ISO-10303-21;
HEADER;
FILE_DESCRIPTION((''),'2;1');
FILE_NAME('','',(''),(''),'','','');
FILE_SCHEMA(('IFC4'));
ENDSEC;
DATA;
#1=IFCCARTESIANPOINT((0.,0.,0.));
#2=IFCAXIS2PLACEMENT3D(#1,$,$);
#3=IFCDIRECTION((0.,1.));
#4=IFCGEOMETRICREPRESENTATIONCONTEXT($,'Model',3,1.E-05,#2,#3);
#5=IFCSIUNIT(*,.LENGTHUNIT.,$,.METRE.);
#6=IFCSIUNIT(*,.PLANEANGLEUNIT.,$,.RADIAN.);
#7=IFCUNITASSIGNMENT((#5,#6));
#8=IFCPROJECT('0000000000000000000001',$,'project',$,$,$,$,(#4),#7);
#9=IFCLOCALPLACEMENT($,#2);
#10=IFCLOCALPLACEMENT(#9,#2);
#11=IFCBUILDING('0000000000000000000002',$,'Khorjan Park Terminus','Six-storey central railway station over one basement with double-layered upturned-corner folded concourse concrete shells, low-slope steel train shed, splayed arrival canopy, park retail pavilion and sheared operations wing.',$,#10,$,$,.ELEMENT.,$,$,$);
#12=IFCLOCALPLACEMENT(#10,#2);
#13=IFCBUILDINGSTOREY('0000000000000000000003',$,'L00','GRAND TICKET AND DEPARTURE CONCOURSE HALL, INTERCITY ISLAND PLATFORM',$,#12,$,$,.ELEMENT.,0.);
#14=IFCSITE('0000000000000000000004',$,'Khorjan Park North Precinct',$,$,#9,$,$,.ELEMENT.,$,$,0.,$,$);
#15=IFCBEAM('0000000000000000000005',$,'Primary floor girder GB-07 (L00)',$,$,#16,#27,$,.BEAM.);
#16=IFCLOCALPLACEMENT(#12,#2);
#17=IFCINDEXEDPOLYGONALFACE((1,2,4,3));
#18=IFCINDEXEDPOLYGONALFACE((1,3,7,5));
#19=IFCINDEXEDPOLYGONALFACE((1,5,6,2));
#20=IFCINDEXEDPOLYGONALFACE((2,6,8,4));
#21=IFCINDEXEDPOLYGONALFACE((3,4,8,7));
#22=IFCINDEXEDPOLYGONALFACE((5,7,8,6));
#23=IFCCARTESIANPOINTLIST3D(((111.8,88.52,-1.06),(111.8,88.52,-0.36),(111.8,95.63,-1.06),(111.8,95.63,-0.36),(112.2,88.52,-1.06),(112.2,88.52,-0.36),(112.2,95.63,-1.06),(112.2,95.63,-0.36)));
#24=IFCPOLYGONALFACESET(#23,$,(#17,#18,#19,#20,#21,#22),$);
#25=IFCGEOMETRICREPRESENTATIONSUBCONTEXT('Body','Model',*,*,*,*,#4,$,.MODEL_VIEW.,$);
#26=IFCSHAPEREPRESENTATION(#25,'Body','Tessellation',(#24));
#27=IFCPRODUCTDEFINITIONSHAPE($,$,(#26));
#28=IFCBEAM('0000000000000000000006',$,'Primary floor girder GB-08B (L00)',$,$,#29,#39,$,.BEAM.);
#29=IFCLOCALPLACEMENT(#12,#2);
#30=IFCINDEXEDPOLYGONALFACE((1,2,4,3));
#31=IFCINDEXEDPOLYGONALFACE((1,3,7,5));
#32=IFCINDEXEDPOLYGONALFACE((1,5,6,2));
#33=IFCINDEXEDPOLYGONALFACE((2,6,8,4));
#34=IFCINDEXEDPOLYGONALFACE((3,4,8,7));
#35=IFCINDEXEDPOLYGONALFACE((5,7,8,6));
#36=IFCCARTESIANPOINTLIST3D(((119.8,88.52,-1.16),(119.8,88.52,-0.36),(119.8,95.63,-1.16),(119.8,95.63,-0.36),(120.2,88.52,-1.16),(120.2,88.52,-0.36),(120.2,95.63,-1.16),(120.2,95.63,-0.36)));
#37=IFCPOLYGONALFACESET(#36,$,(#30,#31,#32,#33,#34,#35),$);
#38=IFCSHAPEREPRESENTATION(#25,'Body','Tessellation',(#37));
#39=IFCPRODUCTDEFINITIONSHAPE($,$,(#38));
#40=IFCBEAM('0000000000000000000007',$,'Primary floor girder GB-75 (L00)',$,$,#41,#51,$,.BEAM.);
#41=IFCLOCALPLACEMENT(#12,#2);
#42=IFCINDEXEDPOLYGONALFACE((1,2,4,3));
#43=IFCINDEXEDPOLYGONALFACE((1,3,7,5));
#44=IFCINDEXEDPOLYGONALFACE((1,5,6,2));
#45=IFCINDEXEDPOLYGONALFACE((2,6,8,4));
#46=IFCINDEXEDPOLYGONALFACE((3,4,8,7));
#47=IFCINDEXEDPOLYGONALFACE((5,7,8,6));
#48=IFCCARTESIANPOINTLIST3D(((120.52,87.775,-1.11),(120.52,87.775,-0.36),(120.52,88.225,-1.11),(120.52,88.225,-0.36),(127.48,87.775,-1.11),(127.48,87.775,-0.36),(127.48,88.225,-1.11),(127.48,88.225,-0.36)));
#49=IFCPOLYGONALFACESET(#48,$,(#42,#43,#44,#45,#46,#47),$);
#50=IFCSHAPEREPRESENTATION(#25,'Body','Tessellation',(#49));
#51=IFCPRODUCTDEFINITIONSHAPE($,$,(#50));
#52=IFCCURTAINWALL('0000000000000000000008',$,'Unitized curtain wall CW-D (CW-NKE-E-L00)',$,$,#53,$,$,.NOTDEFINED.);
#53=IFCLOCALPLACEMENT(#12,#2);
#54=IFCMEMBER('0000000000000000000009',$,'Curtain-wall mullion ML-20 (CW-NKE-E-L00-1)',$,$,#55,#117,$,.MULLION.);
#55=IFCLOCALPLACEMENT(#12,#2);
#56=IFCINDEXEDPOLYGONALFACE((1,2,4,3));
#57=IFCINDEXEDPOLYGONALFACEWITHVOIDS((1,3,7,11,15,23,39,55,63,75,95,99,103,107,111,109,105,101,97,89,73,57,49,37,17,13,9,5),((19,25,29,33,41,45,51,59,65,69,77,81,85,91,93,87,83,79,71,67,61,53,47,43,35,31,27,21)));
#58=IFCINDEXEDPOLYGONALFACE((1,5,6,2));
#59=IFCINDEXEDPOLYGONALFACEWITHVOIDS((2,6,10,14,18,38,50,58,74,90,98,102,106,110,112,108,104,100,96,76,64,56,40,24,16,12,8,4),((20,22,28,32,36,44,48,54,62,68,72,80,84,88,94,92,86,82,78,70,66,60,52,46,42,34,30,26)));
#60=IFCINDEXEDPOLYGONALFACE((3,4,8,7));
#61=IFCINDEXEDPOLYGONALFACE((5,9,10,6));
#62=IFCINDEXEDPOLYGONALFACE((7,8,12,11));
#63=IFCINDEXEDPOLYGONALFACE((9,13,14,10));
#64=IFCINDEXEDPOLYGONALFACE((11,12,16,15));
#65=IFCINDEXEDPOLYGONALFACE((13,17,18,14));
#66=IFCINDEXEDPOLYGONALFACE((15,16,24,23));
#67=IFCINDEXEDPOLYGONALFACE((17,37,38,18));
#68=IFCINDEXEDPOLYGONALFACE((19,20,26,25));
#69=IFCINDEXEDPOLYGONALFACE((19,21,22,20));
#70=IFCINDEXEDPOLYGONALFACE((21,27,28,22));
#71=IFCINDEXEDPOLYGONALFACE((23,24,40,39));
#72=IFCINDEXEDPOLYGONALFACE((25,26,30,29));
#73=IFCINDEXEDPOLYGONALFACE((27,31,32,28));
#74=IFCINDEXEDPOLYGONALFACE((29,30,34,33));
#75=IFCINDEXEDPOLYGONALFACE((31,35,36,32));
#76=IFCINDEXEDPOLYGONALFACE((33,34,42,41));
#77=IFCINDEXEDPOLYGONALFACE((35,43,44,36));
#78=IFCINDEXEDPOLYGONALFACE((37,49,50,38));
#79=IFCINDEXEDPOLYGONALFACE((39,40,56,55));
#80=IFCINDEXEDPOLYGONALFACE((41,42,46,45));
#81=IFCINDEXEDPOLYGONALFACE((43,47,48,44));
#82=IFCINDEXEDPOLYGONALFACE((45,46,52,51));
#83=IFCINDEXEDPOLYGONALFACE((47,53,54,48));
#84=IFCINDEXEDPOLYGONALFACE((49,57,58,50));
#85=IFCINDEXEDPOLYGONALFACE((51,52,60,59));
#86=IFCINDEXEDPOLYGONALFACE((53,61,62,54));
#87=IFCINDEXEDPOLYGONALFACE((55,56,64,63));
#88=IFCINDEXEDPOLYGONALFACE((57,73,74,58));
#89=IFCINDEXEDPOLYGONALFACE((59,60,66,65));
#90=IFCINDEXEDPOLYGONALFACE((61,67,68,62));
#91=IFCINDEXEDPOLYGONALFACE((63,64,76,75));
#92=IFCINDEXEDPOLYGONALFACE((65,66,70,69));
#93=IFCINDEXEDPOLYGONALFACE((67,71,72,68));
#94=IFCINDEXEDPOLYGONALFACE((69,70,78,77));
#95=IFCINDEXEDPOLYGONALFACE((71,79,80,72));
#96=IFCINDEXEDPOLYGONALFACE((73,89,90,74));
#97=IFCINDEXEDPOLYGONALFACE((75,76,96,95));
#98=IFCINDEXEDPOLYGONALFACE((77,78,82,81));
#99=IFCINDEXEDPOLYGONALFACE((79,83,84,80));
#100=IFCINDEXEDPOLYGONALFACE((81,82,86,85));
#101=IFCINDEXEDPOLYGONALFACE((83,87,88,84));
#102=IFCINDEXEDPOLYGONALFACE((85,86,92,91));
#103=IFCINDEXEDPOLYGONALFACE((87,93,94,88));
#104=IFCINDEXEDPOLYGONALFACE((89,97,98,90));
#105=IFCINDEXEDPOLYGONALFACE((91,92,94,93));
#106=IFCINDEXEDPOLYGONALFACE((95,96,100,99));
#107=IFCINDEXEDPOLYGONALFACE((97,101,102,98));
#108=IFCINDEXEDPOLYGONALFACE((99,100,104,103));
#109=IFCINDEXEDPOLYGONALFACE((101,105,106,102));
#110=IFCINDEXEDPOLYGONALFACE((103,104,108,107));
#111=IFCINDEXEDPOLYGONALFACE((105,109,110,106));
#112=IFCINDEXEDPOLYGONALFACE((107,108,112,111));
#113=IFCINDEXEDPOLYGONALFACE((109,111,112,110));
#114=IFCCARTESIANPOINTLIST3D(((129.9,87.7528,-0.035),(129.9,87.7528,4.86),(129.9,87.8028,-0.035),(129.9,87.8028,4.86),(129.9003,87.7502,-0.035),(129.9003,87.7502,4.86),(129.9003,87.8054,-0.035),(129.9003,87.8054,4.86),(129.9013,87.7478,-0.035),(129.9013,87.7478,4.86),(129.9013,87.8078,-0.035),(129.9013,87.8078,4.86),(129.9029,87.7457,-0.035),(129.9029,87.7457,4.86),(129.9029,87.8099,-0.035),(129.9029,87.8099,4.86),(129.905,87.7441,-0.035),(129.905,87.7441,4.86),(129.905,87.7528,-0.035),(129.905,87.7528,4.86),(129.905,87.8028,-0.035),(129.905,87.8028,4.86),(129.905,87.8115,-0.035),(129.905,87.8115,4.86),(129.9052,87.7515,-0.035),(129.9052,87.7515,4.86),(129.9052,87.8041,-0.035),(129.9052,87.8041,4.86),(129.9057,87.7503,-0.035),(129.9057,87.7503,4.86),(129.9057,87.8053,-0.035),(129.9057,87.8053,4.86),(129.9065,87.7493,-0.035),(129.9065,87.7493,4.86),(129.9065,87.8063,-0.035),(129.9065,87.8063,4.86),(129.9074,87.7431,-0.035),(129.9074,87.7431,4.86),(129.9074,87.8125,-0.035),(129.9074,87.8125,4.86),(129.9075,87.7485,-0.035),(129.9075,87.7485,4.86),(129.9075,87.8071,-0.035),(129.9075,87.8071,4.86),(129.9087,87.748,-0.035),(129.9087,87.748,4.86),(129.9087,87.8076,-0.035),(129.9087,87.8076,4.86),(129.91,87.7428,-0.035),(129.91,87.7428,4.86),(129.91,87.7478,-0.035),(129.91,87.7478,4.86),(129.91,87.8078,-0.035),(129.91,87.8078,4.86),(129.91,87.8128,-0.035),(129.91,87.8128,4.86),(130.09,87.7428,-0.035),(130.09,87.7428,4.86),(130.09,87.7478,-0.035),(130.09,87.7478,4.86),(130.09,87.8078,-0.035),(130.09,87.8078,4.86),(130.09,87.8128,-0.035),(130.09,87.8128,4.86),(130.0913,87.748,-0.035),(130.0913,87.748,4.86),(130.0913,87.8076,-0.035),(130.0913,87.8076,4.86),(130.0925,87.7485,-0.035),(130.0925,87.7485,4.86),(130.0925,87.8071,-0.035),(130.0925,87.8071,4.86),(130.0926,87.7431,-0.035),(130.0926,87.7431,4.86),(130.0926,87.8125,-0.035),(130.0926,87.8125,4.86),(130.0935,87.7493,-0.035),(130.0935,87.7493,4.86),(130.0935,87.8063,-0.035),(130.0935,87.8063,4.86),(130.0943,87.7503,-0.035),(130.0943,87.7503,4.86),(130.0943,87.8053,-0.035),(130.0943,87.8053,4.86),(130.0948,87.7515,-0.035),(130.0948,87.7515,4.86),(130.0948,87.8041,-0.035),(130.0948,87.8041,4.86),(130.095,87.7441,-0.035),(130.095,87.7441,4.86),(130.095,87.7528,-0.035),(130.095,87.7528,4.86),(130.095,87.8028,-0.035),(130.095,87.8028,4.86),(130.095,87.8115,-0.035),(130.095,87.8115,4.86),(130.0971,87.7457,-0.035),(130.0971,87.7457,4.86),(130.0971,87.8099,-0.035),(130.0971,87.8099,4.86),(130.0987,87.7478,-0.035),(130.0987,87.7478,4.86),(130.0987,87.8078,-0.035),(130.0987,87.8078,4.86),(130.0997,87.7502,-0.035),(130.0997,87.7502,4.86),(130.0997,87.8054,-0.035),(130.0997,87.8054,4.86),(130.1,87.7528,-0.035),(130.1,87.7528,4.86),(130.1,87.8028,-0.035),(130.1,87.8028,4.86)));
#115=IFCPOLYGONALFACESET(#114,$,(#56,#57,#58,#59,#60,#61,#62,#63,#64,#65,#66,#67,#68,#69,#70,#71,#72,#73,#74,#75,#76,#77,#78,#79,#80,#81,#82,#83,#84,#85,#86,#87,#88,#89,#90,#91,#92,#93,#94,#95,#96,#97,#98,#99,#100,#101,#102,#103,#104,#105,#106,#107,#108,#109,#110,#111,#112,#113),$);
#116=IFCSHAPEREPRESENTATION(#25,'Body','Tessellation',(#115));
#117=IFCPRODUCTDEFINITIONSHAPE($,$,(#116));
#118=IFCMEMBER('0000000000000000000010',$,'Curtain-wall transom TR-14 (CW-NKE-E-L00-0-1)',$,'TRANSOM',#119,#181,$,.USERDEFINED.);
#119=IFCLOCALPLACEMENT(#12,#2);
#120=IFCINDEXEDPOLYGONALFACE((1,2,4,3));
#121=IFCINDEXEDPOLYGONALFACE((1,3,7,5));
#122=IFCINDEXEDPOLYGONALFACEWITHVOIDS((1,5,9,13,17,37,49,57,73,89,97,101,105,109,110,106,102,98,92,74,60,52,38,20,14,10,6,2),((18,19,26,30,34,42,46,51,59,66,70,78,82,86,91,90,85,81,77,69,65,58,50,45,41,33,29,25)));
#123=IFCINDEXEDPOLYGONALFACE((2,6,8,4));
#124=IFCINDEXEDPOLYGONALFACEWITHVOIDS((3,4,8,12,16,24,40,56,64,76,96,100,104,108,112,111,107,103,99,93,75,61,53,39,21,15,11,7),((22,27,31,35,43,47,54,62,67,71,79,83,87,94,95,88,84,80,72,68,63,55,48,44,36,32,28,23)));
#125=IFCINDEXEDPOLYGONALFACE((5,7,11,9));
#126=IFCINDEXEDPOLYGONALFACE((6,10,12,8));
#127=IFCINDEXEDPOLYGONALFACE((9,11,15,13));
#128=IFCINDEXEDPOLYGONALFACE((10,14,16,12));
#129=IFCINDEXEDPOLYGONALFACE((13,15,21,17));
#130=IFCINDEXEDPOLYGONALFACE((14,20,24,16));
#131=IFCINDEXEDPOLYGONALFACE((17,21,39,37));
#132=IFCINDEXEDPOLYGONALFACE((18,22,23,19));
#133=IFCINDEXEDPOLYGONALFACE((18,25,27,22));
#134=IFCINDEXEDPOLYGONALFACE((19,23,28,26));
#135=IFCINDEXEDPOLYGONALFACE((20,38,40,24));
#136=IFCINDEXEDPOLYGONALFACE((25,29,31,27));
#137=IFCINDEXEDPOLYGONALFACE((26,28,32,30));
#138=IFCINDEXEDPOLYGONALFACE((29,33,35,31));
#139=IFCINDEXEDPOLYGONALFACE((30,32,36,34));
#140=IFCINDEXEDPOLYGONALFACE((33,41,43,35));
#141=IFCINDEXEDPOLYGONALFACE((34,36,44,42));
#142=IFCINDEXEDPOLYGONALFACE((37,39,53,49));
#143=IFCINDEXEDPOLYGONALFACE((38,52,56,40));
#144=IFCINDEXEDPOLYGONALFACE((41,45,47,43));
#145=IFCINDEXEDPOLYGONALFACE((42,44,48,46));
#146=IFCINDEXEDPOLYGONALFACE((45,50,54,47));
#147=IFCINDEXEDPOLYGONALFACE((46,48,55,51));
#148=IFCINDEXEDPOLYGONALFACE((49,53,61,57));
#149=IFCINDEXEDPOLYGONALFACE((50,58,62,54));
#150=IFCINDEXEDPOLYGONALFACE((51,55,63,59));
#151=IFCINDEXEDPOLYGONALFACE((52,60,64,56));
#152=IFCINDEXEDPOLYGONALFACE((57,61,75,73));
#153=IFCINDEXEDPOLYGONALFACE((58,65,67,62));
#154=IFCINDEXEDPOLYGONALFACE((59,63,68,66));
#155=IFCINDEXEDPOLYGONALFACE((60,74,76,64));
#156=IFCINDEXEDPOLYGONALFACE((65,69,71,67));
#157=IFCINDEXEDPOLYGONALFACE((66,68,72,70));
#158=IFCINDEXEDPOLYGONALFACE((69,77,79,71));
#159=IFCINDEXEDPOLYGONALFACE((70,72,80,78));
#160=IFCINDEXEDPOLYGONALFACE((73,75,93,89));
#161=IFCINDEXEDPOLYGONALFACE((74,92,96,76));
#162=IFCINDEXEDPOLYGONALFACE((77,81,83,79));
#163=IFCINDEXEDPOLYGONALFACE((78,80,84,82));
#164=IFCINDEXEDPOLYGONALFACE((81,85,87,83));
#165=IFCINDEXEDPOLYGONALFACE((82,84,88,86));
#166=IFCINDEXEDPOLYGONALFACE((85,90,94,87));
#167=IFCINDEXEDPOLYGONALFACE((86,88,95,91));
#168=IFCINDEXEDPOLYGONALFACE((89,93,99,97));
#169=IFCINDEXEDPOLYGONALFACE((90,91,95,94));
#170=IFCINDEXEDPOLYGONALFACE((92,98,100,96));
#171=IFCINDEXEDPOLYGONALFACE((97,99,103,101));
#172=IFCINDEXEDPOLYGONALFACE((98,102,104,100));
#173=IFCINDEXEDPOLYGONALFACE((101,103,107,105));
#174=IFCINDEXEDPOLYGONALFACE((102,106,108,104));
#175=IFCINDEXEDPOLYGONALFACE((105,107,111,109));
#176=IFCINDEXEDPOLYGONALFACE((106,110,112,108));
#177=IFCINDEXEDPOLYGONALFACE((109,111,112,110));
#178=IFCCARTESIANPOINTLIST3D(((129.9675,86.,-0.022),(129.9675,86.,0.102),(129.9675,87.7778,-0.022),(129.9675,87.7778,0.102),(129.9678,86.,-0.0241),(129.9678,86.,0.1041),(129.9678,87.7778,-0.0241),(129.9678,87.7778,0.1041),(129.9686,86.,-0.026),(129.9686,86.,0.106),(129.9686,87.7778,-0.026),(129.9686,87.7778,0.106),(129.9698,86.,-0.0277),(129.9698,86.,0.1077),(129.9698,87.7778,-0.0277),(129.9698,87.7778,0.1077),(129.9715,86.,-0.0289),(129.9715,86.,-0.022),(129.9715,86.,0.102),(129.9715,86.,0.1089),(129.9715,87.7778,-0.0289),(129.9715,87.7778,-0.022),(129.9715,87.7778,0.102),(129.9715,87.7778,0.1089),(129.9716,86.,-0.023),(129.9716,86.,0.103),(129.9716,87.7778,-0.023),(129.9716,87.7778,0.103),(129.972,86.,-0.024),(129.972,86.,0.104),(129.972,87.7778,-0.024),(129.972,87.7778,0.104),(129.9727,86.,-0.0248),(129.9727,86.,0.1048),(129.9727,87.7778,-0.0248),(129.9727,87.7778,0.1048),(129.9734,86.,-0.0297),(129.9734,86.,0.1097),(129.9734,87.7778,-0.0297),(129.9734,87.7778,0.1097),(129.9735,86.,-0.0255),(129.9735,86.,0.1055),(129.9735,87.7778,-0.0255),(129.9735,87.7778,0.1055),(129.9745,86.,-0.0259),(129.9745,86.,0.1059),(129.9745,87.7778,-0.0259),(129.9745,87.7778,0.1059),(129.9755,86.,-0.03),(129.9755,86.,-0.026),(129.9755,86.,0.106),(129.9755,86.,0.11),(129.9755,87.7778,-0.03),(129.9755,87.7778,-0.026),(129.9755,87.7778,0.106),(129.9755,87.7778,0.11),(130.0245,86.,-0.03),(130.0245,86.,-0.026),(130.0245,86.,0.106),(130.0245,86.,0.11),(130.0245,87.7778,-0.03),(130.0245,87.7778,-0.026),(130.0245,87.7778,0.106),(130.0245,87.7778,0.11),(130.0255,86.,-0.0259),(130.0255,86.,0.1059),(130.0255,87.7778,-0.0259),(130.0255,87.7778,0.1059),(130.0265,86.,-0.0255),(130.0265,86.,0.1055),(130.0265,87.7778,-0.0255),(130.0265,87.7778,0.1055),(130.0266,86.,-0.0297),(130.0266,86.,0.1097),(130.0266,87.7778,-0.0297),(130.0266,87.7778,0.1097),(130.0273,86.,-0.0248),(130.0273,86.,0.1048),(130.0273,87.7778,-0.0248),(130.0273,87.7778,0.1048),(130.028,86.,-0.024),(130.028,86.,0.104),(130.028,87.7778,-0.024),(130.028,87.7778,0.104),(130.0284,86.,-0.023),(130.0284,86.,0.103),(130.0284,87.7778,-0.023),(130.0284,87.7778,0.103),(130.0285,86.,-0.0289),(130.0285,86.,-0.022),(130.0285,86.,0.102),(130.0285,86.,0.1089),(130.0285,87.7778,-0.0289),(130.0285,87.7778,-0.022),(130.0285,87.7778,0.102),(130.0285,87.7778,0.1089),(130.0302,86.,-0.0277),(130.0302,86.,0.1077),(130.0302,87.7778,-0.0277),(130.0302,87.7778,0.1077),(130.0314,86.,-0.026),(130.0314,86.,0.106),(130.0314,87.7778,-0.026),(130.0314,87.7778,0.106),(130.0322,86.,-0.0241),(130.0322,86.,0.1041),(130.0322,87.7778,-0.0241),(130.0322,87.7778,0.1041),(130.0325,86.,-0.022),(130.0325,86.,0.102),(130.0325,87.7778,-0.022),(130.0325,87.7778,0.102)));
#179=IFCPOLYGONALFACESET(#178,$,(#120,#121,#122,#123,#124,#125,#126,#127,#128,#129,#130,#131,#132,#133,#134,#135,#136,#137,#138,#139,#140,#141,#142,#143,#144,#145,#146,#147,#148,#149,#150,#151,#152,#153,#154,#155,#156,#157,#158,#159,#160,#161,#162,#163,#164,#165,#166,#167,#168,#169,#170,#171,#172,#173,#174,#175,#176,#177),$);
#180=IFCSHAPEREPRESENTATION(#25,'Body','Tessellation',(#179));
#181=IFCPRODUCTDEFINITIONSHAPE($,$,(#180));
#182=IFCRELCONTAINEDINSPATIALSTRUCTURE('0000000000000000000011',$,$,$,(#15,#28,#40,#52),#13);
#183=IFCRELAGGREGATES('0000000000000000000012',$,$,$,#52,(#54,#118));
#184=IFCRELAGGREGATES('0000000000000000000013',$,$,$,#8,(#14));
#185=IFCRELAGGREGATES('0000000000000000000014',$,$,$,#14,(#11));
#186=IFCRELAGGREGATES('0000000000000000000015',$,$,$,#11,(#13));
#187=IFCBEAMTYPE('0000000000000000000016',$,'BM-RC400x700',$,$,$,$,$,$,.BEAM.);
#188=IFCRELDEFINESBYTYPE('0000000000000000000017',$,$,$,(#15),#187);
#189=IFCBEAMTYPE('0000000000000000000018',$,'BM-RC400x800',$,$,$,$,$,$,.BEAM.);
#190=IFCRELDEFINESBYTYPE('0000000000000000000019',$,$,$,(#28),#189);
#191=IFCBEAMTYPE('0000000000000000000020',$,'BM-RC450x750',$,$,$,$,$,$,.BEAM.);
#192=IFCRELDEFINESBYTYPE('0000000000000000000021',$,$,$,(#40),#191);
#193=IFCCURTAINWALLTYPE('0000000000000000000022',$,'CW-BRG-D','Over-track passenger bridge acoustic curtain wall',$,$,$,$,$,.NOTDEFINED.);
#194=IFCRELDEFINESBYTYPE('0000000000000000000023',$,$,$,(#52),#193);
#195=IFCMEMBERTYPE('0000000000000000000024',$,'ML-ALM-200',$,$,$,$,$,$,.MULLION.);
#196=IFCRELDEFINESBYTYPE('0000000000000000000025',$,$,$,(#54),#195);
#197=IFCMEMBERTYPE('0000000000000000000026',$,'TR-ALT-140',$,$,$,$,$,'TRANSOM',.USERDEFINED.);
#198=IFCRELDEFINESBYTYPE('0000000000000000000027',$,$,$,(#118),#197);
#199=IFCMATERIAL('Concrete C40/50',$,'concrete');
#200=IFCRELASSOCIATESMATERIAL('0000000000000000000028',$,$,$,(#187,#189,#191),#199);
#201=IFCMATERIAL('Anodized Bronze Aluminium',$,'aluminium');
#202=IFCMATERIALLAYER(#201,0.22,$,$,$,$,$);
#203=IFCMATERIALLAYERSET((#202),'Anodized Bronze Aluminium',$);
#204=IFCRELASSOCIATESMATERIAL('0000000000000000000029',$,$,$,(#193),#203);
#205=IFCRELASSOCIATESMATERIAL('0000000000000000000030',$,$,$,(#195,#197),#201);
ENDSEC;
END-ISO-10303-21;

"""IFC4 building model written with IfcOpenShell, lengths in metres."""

from ifc_helpers import new_model, si_unit, direction, frame, origin, origin_2d, place, context, subcontext, project, spatial, rectangle, hollow_rectangle, extrude, material, layer, layer_set, material_profile, profile_set, type_object, element, aggregate, save


model = new_model("IFC4")

# Units and contexts
model_context = context("Model", 3, precision=1e-05, world=origin(), true_north=direction((0.0, 1.0)))
body_context = subcontext(model_context, "Body", "Model", "MODEL_VIEW")
ifc_project = project(units=[si_unit("LENGTHUNIT", "METRE"), si_unit("PLANEANGLEUNIT", "RADIAN")], contexts=[model_context])

# Site, building, storey
site_placement = place(None, origin())
site = spatial("IfcSite", under=ifc_project, at=site_placement, Name="Khorjan Park North Precinct", CompositionType="ELEMENT", RefElevation=0.0)
building_placement = place(site_placement, origin())
building = spatial("IfcBuilding", under=site, at=building_placement, Name="Khorjan Park Terminus", Description="Six-storey central railway station over one basement with double-layered upturned-corner folded concourse concrete shells, low-slope steel train shed, splayed arrival canopy, park retail pavilion and sheared operations wing.", CompositionType="ELEMENT")
storey_placement = place(building_placement, origin())
storey = spatial("IfcBuildingStorey", under=building, at=storey_placement, Name="L00", Description="GRAND TICKET AND DEPARTURE CONCOURSE HALL, INTERCITY ISLAND PLATFORM", CompositionType="ELEMENT", Elevation=0.0)

# Beams
ifc_material_1 = material(Name="Concrete C40/50", Category="concrete")
ifc_material_profile_1 = material_profile(ifc_material_1, rectangle(XDim=0.4, YDim=0.7, at=origin_2d()), Name="RC 400x700")
ifc_profile_set_1 = profile_set([ifc_material_profile_1], Name="Concrete C40/50")
beam_type_1 = type_object("IfcBeamType", Name="BM-RC400x700", PredefinedType="BEAM", material=ifc_profile_set_1)
beam_1_placement = place(storey_placement, frame((112.0, 88.52, -0.71), z_axis=(0.0, 1.0, 0.0), x_axis=(-1.0, 0.0, 0.0)))
element("IfcBeam", 1, at=beam_1_placement, inside=storey, type_object=beam_type_1, Name="Primary floor girder GB-07 (L00)", PredefinedType="BEAM", context=body_context, shape_type="SweptSolid", body=[
    extrude(rectangle(XDim=0.4, YDim=0.7, at=origin_2d()), origin(), (0.0, 0.0, 1.0), 7.11),
])
ifc_material_profile_2 = material_profile(ifc_material_1, rectangle(XDim=0.4, YDim=0.8, at=origin_2d()), Name="RC 400x800")
ifc_profile_set_2 = profile_set([ifc_material_profile_2], Name="Concrete C40/50")
beam_type_2 = type_object("IfcBeamType", Name="BM-RC400x800", PredefinedType="BEAM", material=ifc_profile_set_2)
beam_2_placement = place(storey_placement, frame((120.0, 88.52, -0.76), z_axis=(0.0, 1.0, 0.0), x_axis=(-1.0, 0.0, 0.0)))
element("IfcBeam", 2, at=beam_2_placement, inside=storey, type_object=beam_type_2, Name="Primary floor girder GB-08B (L00)", PredefinedType="BEAM", context=body_context, shape_type="SweptSolid", body=[
    extrude(rectangle(XDim=0.4, YDim=0.8, at=origin_2d()), origin(), (0.0, 0.0, 1.0), 7.11),
])
ifc_material_profile_3 = material_profile(ifc_material_1, rectangle(XDim=0.45, YDim=0.75, at=origin_2d()), Name="RC 450x750")
ifc_profile_set_3 = profile_set([ifc_material_profile_3], Name="Concrete C40/50")
beam_type_3 = type_object("IfcBeamType", Name="BM-RC450x750", PredefinedType="BEAM", material=ifc_profile_set_3)
beam_3_placement = place(storey_placement, frame((120.52, 88.0, -0.735), z_axis=(1.0, 0.0, 0.0), x_axis=(0.0, 1.0, 0.0)))
element("IfcBeam", 3, at=beam_3_placement, inside=storey, type_object=beam_type_3, Name="Primary floor girder GB-75 (L00)", PredefinedType="BEAM", context=body_context, shape_type="SweptSolid", body=[
    extrude(rectangle(XDim=0.45, YDim=0.75, at=origin_2d()), origin(), (0.0, 0.0, 1.0), 6.96),
])

# Curtain wall, members
ifc_material_2 = material(Name="Anodized Bronze Aluminium", Category="aluminium")
ifc_layer_1 = layer(ifc_material_2, 0.22)
ifc_layer_set_1 = layer_set([ifc_layer_1], Name="Anodized Bronze Aluminium")
curtain_wall_type = type_object("IfcCurtainWallType", Name="CW-BRG-D", Description="Over-track passenger bridge acoustic curtain wall", PredefinedType="NOTDEFINED", material=ifc_layer_set_1)
curtain_wall_1_placement = place(storey_placement, origin())
curtain_wall_1 = element("IfcCurtainWall", 4, at=curtain_wall_1_placement, inside=storey, type_object=curtain_wall_type, Name="Unitized curtain wall CW-D (CW-NKE-E-L00)", PredefinedType="NOTDEFINED")
ifc_material_profile_4 = material_profile(ifc_material_2, hollow_rectangle(XDim=0.07, YDim=0.2, WallThickness=0.005, InnerFilletRadius=0.005, OuterFilletRadius=0.01, at=origin_2d()), Name="ALM 70x200x5")
ifc_profile_set_4 = profile_set([ifc_material_profile_4], Name="Anodized Bronze Aluminium")
member_type_1 = type_object("IfcMemberType", Name="ML-ALM-200", PredefinedType="MULLION", material=ifc_profile_set_4)
member_1_placement = place(storey_placement, frame((130.0, 87.7778, -0.035), z_axis=(0.0, 0.0, 1.0), x_axis=(0.0, 1.0, 0.0)))
member_1 = element("IfcMember", 5, at=member_1_placement, type_object=member_type_1, Name="Curtain-wall mullion ML-20 (CW-NKE-E-L00-1)", PredefinedType="MULLION", context=body_context, shape_type="SweptSolid", body=[
    extrude(hollow_rectangle(XDim=0.07, YDim=0.2, WallThickness=0.005, InnerFilletRadius=0.005, OuterFilletRadius=0.01, at=origin_2d()), origin(), (0.0, 0.0, 1.0), 4.895),
])
ifc_material_profile_5 = material_profile(ifc_material_2, hollow_rectangle(XDim=0.065, YDim=0.14, WallThickness=0.004, InnerFilletRadius=0.004, OuterFilletRadius=0.008, at=origin_2d()), Name="ALT 65x140x4")
ifc_profile_set_5 = profile_set([ifc_material_profile_5], Name="Anodized Bronze Aluminium")
member_type_2 = type_object("IfcMemberType", Name="TR-ALT-140", ElementType="TRANSOM", PredefinedType="USERDEFINED", material=ifc_profile_set_5)
member_2_placement = place(storey_placement, frame((130.0, 86.0, 0.04), z_axis=(0.0, 1.0, 0.0), x_axis=(-1.0, 0.0, 0.0)))
member_2 = element("IfcMember", 6, at=member_2_placement, type_object=member_type_2, Name="Curtain-wall transom TR-14 (CW-NKE-E-L00-0-1)", ObjectType="TRANSOM", PredefinedType="USERDEFINED", context=body_context, shape_type="SweptSolid", body=[
    extrude(hollow_rectangle(XDim=0.065, YDim=0.14, WallThickness=0.004, InnerFilletRadius=0.004, OuterFilletRadius=0.008, at=origin_2d()), origin(), (0.0, 0.0, 1.0), 1.7778),
])

aggregate(curtain_wall_1, [member_1, member_2])

save(model, "model.ifc")
